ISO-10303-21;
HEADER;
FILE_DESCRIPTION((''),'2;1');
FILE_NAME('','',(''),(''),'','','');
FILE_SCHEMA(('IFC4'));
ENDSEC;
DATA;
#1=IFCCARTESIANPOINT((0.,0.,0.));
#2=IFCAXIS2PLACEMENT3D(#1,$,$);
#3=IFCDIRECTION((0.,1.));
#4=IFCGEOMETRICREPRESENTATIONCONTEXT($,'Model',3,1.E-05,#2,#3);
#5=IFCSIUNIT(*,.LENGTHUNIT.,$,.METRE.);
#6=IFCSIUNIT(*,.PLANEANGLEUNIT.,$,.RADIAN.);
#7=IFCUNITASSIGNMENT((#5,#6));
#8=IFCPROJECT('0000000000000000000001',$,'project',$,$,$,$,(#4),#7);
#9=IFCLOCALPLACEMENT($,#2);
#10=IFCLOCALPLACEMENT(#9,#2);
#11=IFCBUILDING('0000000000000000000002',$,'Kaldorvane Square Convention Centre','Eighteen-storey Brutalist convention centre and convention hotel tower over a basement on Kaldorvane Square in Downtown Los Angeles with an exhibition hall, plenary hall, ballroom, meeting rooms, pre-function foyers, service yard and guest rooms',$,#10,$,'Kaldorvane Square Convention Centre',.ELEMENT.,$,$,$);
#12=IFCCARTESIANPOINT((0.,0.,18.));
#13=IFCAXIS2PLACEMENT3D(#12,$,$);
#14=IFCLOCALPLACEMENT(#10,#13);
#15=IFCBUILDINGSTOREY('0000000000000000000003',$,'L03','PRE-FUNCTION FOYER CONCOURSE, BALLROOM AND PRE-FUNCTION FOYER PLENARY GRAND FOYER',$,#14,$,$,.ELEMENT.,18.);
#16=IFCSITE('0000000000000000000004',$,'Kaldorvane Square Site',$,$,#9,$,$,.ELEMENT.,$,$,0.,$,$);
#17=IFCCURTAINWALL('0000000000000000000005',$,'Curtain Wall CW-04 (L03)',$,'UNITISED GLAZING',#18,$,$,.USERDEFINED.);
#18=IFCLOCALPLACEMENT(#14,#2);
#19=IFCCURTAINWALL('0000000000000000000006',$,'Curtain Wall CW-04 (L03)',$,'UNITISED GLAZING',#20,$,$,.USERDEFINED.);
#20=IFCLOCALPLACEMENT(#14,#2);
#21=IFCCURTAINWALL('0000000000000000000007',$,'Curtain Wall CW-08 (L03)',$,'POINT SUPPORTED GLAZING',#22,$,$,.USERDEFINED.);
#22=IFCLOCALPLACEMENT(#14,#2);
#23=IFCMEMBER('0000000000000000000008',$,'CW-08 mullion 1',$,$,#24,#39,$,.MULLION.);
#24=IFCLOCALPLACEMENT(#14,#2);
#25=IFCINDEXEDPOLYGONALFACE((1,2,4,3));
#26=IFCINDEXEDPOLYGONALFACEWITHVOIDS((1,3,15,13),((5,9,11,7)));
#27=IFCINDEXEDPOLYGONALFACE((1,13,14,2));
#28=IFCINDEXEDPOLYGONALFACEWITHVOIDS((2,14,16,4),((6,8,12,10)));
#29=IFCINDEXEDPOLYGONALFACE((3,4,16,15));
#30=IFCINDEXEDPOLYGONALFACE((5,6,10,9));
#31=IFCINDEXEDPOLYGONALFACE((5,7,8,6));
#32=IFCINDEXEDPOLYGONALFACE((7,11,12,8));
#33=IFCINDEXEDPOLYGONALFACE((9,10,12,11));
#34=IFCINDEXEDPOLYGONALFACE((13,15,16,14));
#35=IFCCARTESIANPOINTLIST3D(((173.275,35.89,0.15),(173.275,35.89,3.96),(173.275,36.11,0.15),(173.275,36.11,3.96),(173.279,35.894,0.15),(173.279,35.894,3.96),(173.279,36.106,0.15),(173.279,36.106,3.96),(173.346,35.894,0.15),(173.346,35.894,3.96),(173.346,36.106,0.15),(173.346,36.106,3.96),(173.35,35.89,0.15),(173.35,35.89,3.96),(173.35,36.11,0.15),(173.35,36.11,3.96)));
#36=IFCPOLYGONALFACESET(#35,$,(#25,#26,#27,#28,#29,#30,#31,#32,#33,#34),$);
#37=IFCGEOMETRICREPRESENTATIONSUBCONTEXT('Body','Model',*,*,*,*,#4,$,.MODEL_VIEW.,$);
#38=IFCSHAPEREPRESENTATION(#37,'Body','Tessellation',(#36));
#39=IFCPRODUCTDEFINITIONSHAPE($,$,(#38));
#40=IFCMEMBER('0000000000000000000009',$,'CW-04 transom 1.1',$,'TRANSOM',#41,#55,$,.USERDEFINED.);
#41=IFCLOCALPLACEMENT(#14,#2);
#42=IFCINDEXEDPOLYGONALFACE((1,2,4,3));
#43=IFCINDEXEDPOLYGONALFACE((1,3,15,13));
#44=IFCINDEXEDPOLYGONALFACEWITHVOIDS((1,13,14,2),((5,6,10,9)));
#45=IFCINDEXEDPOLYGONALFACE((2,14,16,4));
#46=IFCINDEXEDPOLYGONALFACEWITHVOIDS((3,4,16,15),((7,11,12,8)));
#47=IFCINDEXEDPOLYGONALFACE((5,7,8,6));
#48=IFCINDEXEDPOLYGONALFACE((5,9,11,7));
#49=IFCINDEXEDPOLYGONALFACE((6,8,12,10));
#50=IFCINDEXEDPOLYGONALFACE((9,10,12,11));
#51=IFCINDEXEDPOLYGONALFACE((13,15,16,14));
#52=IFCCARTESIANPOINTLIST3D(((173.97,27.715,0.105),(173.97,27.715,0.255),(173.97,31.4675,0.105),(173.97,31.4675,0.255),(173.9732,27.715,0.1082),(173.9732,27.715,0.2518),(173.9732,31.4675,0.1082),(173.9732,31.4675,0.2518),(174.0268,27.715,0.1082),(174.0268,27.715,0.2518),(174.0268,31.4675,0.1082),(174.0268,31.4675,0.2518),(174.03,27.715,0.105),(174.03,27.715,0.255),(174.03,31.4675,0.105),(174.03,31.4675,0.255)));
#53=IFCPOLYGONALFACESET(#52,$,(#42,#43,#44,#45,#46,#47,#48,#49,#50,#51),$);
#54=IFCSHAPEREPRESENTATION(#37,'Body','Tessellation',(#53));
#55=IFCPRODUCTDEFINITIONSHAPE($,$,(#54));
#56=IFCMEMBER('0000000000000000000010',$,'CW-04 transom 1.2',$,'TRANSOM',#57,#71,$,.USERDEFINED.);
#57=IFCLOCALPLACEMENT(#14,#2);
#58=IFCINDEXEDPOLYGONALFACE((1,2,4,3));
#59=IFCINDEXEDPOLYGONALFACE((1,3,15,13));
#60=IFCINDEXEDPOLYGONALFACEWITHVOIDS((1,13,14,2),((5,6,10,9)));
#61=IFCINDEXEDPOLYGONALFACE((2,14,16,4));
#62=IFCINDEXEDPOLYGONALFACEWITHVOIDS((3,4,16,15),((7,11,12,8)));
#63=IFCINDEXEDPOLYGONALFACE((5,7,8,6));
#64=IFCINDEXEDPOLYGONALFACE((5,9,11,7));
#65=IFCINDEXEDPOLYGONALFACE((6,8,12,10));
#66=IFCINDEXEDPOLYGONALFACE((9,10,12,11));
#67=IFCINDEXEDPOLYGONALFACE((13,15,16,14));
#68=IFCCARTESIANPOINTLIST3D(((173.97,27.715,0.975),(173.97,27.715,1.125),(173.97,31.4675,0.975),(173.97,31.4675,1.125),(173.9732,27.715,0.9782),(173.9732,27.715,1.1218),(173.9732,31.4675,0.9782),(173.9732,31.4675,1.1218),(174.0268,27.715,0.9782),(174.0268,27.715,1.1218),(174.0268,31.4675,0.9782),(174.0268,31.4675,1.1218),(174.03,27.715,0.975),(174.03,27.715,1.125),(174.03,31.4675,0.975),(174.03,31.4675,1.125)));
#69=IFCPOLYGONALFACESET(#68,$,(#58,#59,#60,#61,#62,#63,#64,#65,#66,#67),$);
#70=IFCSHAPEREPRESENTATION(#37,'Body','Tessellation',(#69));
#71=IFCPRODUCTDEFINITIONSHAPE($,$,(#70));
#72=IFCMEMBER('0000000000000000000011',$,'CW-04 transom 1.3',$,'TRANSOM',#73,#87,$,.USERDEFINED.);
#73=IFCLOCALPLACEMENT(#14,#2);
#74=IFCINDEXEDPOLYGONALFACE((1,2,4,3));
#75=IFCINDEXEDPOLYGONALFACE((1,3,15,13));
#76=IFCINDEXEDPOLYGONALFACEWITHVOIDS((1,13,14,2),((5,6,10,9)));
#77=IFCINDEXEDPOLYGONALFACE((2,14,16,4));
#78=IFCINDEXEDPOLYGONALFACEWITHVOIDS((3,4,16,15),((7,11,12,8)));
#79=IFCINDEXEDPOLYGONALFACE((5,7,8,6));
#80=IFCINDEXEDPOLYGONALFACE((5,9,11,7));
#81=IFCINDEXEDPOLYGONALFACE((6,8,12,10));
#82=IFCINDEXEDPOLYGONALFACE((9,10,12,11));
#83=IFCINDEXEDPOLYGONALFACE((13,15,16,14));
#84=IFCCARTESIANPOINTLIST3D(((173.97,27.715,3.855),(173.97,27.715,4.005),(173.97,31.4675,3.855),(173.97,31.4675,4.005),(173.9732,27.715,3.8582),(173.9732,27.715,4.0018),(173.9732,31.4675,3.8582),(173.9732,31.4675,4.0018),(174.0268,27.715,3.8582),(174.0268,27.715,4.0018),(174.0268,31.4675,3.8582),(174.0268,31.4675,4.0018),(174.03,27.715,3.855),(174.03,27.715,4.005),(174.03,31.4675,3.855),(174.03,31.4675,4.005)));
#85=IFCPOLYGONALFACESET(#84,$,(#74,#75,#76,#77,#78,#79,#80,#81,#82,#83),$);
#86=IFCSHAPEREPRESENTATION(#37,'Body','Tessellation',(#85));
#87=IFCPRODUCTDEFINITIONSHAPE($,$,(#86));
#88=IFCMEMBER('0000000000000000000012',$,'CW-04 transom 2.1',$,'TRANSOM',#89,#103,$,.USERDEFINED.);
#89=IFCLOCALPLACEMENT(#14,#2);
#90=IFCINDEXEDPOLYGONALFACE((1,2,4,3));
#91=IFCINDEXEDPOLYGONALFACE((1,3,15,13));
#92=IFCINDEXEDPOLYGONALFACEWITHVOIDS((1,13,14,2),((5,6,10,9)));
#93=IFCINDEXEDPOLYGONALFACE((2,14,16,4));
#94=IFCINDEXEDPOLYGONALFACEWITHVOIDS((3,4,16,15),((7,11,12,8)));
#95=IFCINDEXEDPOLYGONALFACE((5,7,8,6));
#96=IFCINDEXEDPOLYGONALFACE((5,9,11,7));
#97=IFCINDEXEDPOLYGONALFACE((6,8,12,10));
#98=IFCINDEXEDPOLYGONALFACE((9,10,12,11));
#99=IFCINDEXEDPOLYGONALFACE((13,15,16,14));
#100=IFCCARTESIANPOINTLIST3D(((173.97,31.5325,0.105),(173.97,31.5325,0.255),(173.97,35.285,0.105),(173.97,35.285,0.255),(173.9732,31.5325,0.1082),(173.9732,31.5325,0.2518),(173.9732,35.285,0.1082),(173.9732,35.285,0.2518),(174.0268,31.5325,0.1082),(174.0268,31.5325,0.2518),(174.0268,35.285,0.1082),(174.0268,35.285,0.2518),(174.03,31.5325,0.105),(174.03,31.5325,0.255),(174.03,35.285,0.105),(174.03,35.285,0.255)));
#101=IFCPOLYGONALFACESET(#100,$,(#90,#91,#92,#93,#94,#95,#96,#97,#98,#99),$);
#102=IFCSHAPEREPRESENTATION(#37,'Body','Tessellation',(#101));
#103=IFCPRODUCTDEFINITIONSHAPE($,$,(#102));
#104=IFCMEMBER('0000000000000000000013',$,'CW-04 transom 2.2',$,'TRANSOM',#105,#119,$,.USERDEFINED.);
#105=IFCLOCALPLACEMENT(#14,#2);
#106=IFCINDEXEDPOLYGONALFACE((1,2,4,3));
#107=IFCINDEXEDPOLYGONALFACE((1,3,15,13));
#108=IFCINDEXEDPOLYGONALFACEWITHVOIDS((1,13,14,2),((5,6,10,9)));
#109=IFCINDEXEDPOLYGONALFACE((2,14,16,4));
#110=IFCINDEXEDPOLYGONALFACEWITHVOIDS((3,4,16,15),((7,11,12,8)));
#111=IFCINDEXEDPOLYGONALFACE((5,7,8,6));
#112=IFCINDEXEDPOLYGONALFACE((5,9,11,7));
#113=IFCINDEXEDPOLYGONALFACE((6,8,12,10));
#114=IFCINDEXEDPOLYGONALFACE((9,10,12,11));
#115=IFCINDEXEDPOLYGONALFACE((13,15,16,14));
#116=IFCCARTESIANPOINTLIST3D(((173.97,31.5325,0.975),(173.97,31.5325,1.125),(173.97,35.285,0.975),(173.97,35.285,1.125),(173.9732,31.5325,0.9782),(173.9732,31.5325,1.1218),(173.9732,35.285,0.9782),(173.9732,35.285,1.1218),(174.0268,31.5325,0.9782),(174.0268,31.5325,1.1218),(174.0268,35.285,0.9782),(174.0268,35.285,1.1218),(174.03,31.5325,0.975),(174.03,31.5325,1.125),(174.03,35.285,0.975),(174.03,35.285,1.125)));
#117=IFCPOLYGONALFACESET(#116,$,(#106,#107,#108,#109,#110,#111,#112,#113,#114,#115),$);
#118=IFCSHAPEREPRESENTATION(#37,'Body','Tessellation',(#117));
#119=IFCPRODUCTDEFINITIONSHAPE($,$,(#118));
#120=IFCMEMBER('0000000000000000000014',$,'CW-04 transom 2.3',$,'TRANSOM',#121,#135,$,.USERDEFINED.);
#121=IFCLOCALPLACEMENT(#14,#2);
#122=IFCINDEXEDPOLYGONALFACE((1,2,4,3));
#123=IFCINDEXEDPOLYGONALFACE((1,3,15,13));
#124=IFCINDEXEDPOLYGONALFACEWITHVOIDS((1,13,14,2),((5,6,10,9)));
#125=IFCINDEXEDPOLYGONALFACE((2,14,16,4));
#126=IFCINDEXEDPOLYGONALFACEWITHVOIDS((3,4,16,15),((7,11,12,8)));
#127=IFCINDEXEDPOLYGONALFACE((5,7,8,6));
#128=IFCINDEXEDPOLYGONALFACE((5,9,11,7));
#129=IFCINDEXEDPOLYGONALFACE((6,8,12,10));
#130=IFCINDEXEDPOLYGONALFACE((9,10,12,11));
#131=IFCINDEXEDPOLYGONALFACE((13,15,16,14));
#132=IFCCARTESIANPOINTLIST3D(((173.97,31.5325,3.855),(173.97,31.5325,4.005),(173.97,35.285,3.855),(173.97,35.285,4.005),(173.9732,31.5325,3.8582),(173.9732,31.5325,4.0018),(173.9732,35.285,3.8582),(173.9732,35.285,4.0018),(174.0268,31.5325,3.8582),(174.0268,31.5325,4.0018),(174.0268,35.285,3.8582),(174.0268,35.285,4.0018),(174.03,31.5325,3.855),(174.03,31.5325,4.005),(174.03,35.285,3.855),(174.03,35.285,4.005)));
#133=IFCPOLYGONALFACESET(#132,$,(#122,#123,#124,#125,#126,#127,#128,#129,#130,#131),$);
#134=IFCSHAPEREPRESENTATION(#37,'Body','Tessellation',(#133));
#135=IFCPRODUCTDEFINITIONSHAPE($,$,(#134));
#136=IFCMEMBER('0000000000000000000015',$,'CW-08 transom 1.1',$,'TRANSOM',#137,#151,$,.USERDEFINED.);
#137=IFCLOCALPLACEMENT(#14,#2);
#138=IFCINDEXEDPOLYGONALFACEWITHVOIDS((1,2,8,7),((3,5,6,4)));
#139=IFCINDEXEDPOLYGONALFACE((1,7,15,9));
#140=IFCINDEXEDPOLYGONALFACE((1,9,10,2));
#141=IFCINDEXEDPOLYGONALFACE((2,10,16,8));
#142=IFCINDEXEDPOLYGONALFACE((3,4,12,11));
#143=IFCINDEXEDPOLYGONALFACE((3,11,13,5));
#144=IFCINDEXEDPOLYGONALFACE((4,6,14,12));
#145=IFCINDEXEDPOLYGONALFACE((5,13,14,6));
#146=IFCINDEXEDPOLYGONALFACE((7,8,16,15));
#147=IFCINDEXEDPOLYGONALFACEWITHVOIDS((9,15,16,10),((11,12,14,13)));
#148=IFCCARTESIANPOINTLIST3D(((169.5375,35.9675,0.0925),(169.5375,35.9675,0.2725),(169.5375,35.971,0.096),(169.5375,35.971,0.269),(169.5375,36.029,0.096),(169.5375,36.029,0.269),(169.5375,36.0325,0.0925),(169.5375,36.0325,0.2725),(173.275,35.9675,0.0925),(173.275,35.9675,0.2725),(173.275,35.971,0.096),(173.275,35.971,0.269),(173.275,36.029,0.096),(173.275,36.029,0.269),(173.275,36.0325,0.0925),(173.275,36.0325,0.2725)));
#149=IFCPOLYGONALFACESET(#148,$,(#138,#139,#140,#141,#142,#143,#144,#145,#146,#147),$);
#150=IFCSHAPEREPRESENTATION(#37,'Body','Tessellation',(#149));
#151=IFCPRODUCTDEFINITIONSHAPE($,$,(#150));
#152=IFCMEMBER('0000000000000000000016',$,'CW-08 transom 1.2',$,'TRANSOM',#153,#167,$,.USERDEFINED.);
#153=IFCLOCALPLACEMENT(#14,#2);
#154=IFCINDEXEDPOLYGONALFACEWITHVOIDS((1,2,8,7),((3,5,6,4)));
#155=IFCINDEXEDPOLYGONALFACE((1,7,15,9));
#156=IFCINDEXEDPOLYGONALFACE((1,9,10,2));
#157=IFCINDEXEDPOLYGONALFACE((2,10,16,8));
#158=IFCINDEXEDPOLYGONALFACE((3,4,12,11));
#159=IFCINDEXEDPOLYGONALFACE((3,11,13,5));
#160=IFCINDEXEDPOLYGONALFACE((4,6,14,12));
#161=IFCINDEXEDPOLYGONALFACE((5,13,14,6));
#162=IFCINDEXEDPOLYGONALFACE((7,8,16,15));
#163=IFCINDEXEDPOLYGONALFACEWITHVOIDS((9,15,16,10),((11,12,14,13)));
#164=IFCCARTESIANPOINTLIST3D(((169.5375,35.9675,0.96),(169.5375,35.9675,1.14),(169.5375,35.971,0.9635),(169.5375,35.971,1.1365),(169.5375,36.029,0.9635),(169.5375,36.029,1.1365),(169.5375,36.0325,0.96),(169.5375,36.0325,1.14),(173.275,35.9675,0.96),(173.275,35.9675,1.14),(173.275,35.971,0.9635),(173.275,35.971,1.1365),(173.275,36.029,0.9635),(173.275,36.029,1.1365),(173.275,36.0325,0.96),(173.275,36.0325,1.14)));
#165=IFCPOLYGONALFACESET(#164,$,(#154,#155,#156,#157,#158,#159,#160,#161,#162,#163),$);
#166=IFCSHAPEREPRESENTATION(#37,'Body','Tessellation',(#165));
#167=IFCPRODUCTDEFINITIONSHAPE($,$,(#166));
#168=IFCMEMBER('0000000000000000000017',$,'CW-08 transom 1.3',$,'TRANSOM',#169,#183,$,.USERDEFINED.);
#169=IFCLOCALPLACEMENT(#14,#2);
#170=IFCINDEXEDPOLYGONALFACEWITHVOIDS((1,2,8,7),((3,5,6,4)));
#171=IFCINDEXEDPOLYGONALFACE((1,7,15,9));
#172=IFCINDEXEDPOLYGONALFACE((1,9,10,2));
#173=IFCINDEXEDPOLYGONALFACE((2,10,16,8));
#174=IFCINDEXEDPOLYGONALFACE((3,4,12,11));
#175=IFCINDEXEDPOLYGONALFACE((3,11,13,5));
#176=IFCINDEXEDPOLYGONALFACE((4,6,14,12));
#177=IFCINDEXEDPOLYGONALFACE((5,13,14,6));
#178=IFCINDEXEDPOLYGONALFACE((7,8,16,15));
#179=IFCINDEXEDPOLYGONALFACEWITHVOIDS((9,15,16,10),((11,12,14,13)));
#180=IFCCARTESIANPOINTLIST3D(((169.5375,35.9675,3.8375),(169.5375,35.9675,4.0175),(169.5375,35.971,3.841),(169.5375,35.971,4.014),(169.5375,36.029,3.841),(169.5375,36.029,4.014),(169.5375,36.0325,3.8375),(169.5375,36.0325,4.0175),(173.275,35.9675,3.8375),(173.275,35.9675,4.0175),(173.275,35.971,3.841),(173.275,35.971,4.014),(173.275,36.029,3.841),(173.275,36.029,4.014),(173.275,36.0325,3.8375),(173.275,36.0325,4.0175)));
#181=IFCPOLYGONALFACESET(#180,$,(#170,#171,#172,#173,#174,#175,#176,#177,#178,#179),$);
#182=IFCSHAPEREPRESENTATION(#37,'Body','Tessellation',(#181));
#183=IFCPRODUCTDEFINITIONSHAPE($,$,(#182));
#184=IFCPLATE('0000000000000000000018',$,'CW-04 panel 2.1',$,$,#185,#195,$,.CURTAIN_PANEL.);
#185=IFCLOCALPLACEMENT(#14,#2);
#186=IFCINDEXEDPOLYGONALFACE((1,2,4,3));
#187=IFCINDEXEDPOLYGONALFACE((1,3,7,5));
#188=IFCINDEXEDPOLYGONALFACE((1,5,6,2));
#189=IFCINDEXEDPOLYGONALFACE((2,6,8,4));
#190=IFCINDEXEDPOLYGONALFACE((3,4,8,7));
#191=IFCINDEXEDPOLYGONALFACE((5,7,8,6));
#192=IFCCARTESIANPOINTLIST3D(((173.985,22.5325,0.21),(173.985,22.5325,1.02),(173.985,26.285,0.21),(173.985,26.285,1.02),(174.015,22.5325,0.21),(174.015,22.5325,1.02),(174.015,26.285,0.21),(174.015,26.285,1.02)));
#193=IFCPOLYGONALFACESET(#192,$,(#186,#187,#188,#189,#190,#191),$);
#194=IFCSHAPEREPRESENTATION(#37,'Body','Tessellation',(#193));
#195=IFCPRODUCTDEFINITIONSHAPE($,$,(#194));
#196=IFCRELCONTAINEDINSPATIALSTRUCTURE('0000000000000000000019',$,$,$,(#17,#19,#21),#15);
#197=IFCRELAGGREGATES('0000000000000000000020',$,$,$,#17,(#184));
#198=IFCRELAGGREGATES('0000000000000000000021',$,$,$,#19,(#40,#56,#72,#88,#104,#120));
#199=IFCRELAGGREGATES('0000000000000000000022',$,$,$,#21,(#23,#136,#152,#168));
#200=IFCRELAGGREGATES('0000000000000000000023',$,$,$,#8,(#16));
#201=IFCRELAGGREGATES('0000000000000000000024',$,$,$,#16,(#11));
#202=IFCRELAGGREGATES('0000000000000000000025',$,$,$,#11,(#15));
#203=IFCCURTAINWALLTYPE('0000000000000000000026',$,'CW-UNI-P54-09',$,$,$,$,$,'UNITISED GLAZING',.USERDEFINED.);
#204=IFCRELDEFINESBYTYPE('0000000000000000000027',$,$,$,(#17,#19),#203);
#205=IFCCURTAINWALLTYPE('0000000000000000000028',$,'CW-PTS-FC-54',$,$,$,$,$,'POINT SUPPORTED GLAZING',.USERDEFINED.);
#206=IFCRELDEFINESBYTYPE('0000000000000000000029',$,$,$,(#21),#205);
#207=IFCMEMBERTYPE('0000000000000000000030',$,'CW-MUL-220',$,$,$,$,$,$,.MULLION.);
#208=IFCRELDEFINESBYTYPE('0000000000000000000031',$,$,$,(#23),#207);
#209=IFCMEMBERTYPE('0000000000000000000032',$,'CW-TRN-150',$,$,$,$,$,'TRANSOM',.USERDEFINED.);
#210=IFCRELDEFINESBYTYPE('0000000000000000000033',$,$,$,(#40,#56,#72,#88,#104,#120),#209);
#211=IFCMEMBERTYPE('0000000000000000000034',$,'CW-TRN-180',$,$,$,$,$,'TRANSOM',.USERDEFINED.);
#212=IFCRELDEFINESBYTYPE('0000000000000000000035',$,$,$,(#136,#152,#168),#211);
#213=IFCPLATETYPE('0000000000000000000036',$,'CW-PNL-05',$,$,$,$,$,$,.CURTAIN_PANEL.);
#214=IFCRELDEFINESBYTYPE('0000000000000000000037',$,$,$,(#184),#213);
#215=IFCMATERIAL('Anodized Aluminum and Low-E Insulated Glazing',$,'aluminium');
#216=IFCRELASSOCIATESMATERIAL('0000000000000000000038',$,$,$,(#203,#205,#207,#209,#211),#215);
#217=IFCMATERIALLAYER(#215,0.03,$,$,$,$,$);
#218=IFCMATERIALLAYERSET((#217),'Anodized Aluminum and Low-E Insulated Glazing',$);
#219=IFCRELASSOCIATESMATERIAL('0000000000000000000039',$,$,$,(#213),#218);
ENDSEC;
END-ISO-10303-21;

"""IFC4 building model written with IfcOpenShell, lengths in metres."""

from ifc_helpers import new_model, si_unit, direction, frame, origin, origin_2d, place, context, subcontext, project, spatial, rectangle, hollow_rectangle, extrude, material, layer, layer_set, material_profile, profile_set, type_object, element, aggregate, save


model = new_model("IFC4")

# Units and contexts
model_context = context("Model", 3, precision=1e-05, world=origin(), true_north=direction((0.0, 1.0)))
body_context = subcontext(model_context, "Body", "Model", "MODEL_VIEW")
ifc_project = project(units=[si_unit("LENGTHUNIT", "METRE"), si_unit("PLANEANGLEUNIT", "RADIAN")], contexts=[model_context])

# Site, building, storey
site_placement = place(None, origin())
site = spatial("IfcSite", under=ifc_project, at=site_placement, Name="Kaldorvane Square Site", CompositionType="ELEMENT", RefElevation=0.0)
building_placement = place(site_placement, origin())
building = spatial("IfcBuilding", under=site, at=building_placement, Name="Kaldorvane Square Convention Centre", Description="Eighteen-storey Brutalist convention centre and convention hotel tower over a basement on Kaldorvane Square in Downtown Los Angeles with an exhibition hall, plenary hall, ballroom, meeting rooms, pre-function foyers, service yard and guest rooms", LongName="Kaldorvane Square Convention Centre", CompositionType="ELEMENT")
storey_placement = place(building_placement, frame((0.0, 0.0, 18.0)))
storey = spatial("IfcBuildingStorey", under=building, at=storey_placement, Name="L03", Description="PRE-FUNCTION FOYER CONCOURSE, BALLROOM AND PRE-FUNCTION FOYER PLENARY GRAND FOYER", CompositionType="ELEMENT", Elevation=18.0)

# Curtain wall
ifc_material_1 = material(Name="Anodized Aluminum and Low-E Insulated Glazing", Category="aluminium")
curtain_wall_type_1 = type_object("IfcCurtainWallType", Name="CW-UNI-P54-09", ElementType="UNITISED GLAZING", PredefinedType="USERDEFINED", material=ifc_material_1)
curtain_wall_1_placement = place(storey_placement, origin())
curtain_wall_1 = element("IfcCurtainWall", 1, at=curtain_wall_1_placement, inside=storey, type_object=curtain_wall_type_1, Name="Curtain Wall CW-04 (L03)", ObjectType="UNITISED GLAZING", PredefinedType="USERDEFINED")

# Curtain wall
curtain_wall_2_placement = place(storey_placement, origin())
curtain_wall_2 = element("IfcCurtainWall", 2, at=curtain_wall_2_placement, inside=storey, type_object=curtain_wall_type_1, Name="Curtain Wall CW-04 (L03)", ObjectType="UNITISED GLAZING", PredefinedType="USERDEFINED")

# Curtain wall, member
curtain_wall_type_2 = type_object("IfcCurtainWallType", Name="CW-PTS-FC-54", ElementType="POINT SUPPORTED GLAZING", PredefinedType="USERDEFINED", material=ifc_material_1)
curtain_wall_3_placement = place(storey_placement, origin())
curtain_wall_3 = element("IfcCurtainWall", 3, at=curtain_wall_3_placement, inside=storey, type_object=curtain_wall_type_2, Name="Curtain Wall CW-08 (L03)", ObjectType="POINT SUPPORTED GLAZING", PredefinedType="USERDEFINED")
ifc_material_profile_1 = material_profile(ifc_material_1, hollow_rectangle(XDim=0.075, YDim=0.22, WallThickness=0.004, at=origin_2d()), Name="CWM-220X75")
ifc_profile_set_1 = profile_set([ifc_material_profile_1], Name="Anodized Aluminum and Low-E Insulated Glazing")
member_type_1 = type_object("IfcMemberType", Name="CW-MUL-220", PredefinedType="MULLION", material=ifc_profile_set_1)
member_1_placement = place(storey_placement, frame((173.3125, 36.0, 0.15), z_axis=(0.0, 0.0, 1.0), x_axis=(-1.0, 0.0, 0.0)))
member_1 = element("IfcMember", 4, at=member_1_placement, type_object=member_type_1, Name="CW-08 mullion 1", PredefinedType="MULLION", context=body_context, shape_type="SweptSolid", body=[
    extrude(hollow_rectangle(XDim=0.075, YDim=0.22, WallThickness=0.004, at=origin_2d()), origin(), (0.0, 0.0, 1.0), 3.81),
])

# Members
ifc_material_profile_2 = material_profile(ifc_material_1, hollow_rectangle(XDim=0.06, YDim=0.15, WallThickness=0.0032, at=origin_2d()), Name="CWT-150X60")
ifc_profile_set_2 = profile_set([ifc_material_profile_2], Name="Anodized Aluminum and Low-E Insulated Glazing")
member_type_2 = type_object("IfcMemberType", Name="CW-TRN-150", ElementType="TRANSOM", PredefinedType="USERDEFINED", material=ifc_profile_set_2)
member_2_placement = place(storey_placement, frame((174.0, 27.715, 0.18), z_axis=(0.0, 1.0, 0.0), x_axis=(-1.0, 0.0, 0.0)))
member_2 = element("IfcMember", 5, at=member_2_placement, type_object=member_type_2, Name="CW-04 transom 1.1", ObjectType="TRANSOM", PredefinedType="USERDEFINED", context=body_context, shape_type="SweptSolid", body=[
    extrude(hollow_rectangle(XDim=0.06, YDim=0.15, WallThickness=0.0032, at=origin_2d()), origin(), (0.0, 0.0, 1.0), 3.7525),
])
member_3_placement = place(storey_placement, frame((174.0, 27.715, 1.05), z_axis=(0.0, 1.0, 0.0), x_axis=(-1.0, 0.0, 0.0)))
member_3 = element("IfcMember", 6, at=member_3_placement, type_object=member_type_2, Name="CW-04 transom 1.2", ObjectType="TRANSOM", PredefinedType="USERDEFINED", context=body_context, shape_type="SweptSolid", body=[
    extrude(hollow_rectangle(XDim=0.06, YDim=0.15, WallThickness=0.0032, at=origin_2d()), origin(), (0.0, 0.0, 1.0), 3.7525),
])
member_4_placement = place(storey_placement, frame((174.0, 27.715, 3.93), z_axis=(0.0, 1.0, 0.0), x_axis=(-1.0, 0.0, 0.0)))
member_4 = element("IfcMember", 7, at=member_4_placement, type_object=member_type_2, Name="CW-04 transom 1.3", ObjectType="TRANSOM", PredefinedType="USERDEFINED", context=body_context, shape_type="SweptSolid", body=[
    extrude(hollow_rectangle(XDim=0.06, YDim=0.15, WallThickness=0.0032, at=origin_2d()), origin(), (0.0, 0.0, 1.0), 3.7525),
])
member_5_placement = place(storey_placement, frame((174.0, 31.5325, 0.18), z_axis=(0.0, 1.0, 0.0), x_axis=(-1.0, 0.0, 0.0)))
member_5 = element("IfcMember", 8, at=member_5_placement, type_object=member_type_2, Name="CW-04 transom 2.1", ObjectType="TRANSOM", PredefinedType="USERDEFINED", context=body_context, shape_type="SweptSolid", body=[
    extrude(hollow_rectangle(XDim=0.06, YDim=0.15, WallThickness=0.0032, at=origin_2d()), origin(), (0.0, 0.0, 1.0), 3.7525),
])
member_6_placement = place(storey_placement, frame((174.0, 31.5325, 1.05), z_axis=(0.0, 1.0, 0.0), x_axis=(-1.0, 0.0, 0.0)))
member_6 = element("IfcMember", 9, at=member_6_placement, type_object=member_type_2, Name="CW-04 transom 2.2", ObjectType="TRANSOM", PredefinedType="USERDEFINED", context=body_context, shape_type="SweptSolid", body=[
    extrude(hollow_rectangle(XDim=0.06, YDim=0.15, WallThickness=0.0032, at=origin_2d()), origin(), (0.0, 0.0, 1.0), 3.7525),
])
member_7_placement = place(storey_placement, frame((174.0, 31.5325, 3.93), z_axis=(0.0, 1.0, 0.0), x_axis=(-1.0, 0.0, 0.0)))
member_7 = element("IfcMember", 10, at=member_7_placement, type_object=member_type_2, Name="CW-04 transom 2.3", ObjectType="TRANSOM", PredefinedType="USERDEFINED", context=body_context, shape_type="SweptSolid", body=[
    extrude(hollow_rectangle(XDim=0.06, YDim=0.15, WallThickness=0.0032, at=origin_2d()), origin(), (0.0, 0.0, 1.0), 3.7525),
])
ifc_material_profile_3 = material_profile(ifc_material_1, hollow_rectangle(XDim=0.065, YDim=0.18, WallThickness=0.0035, at=origin_2d()), Name="CWT-180X65")
ifc_profile_set_3 = profile_set([ifc_material_profile_3], Name="Anodized Aluminum and Low-E Insulated Glazing")
member_type_3 = type_object("IfcMemberType", Name="CW-TRN-180", ElementType="TRANSOM", PredefinedType="USERDEFINED", material=ifc_profile_set_3)
member_8_placement = place(storey_placement, frame((173.275, 36.0, 0.1825), z_axis=(-1.0, 0.0, 0.0), x_axis=(0.0, -1.0, 0.0)))
member_8 = element("IfcMember", 11, at=member_8_placement, type_object=member_type_3, Name="CW-08 transom 1.1", ObjectType="TRANSOM", PredefinedType="USERDEFINED", context=body_context, shape_type="SweptSolid", body=[
    extrude(hollow_rectangle(XDim=0.065, YDim=0.18, WallThickness=0.0035, at=origin_2d()), origin(), (0.0, 0.0, 1.0), 3.7375),
])
member_9_placement = place(storey_placement, frame((173.275, 36.0, 1.05), z_axis=(-1.0, 0.0, 0.0), x_axis=(0.0, -1.0, 0.0)))
member_9 = element("IfcMember", 12, at=member_9_placement, type_object=member_type_3, Name="CW-08 transom 1.2", ObjectType="TRANSOM", PredefinedType="USERDEFINED", context=body_context, shape_type="SweptSolid", body=[
    extrude(hollow_rectangle(XDim=0.065, YDim=0.18, WallThickness=0.0035, at=origin_2d()), origin(), (0.0, 0.0, 1.0), 3.7375),
])
member_10_placement = place(storey_placement, frame((173.275, 36.0, 3.9275), z_axis=(-1.0, 0.0, 0.0), x_axis=(0.0, -1.0, 0.0)))
member_10 = element("IfcMember", 13, at=member_10_placement, type_object=member_type_3, Name="CW-08 transom 1.3", ObjectType="TRANSOM", PredefinedType="USERDEFINED", context=body_context, shape_type="SweptSolid", body=[
    extrude(hollow_rectangle(XDim=0.065, YDim=0.18, WallThickness=0.0035, at=origin_2d()), origin(), (0.0, 0.0, 1.0), 3.7375),
])

# Plate
ifc_layer_1 = layer(ifc_material_1, 0.03)
ifc_layer_set_1 = layer_set([ifc_layer_1], Name="Anodized Aluminum and Low-E Insulated Glazing")
plate_type_1 = type_object("IfcPlateType", Name="CW-PNL-05", PredefinedType="CURTAIN_PANEL", material=ifc_layer_set_1)
plate_1_placement = place(storey_placement, frame((174.0, 24.4088, 0.21), z_axis=(0.0, 0.0, 1.0), x_axis=(0.0, 1.0, 0.0)))
plate_1 = element("IfcPlate", 14, at=plate_1_placement, type_object=plate_type_1, Name="CW-04 panel 2.1", PredefinedType="CURTAIN_PANEL", context=body_context, shape_type="SweptSolid", body=[
    extrude(rectangle(XDim=3.7525, YDim=0.03, at=origin_2d()), origin(), (0.0, 0.0, 1.0), 0.81),
])
aggregate(curtain_wall_1, [plate_1])
aggregate(curtain_wall_2, [member_2, member_3, member_4, member_5, member_6, member_7])
aggregate(curtain_wall_3, [member_1, member_8, member_9, member_10])

save(model, "model.ifc")
